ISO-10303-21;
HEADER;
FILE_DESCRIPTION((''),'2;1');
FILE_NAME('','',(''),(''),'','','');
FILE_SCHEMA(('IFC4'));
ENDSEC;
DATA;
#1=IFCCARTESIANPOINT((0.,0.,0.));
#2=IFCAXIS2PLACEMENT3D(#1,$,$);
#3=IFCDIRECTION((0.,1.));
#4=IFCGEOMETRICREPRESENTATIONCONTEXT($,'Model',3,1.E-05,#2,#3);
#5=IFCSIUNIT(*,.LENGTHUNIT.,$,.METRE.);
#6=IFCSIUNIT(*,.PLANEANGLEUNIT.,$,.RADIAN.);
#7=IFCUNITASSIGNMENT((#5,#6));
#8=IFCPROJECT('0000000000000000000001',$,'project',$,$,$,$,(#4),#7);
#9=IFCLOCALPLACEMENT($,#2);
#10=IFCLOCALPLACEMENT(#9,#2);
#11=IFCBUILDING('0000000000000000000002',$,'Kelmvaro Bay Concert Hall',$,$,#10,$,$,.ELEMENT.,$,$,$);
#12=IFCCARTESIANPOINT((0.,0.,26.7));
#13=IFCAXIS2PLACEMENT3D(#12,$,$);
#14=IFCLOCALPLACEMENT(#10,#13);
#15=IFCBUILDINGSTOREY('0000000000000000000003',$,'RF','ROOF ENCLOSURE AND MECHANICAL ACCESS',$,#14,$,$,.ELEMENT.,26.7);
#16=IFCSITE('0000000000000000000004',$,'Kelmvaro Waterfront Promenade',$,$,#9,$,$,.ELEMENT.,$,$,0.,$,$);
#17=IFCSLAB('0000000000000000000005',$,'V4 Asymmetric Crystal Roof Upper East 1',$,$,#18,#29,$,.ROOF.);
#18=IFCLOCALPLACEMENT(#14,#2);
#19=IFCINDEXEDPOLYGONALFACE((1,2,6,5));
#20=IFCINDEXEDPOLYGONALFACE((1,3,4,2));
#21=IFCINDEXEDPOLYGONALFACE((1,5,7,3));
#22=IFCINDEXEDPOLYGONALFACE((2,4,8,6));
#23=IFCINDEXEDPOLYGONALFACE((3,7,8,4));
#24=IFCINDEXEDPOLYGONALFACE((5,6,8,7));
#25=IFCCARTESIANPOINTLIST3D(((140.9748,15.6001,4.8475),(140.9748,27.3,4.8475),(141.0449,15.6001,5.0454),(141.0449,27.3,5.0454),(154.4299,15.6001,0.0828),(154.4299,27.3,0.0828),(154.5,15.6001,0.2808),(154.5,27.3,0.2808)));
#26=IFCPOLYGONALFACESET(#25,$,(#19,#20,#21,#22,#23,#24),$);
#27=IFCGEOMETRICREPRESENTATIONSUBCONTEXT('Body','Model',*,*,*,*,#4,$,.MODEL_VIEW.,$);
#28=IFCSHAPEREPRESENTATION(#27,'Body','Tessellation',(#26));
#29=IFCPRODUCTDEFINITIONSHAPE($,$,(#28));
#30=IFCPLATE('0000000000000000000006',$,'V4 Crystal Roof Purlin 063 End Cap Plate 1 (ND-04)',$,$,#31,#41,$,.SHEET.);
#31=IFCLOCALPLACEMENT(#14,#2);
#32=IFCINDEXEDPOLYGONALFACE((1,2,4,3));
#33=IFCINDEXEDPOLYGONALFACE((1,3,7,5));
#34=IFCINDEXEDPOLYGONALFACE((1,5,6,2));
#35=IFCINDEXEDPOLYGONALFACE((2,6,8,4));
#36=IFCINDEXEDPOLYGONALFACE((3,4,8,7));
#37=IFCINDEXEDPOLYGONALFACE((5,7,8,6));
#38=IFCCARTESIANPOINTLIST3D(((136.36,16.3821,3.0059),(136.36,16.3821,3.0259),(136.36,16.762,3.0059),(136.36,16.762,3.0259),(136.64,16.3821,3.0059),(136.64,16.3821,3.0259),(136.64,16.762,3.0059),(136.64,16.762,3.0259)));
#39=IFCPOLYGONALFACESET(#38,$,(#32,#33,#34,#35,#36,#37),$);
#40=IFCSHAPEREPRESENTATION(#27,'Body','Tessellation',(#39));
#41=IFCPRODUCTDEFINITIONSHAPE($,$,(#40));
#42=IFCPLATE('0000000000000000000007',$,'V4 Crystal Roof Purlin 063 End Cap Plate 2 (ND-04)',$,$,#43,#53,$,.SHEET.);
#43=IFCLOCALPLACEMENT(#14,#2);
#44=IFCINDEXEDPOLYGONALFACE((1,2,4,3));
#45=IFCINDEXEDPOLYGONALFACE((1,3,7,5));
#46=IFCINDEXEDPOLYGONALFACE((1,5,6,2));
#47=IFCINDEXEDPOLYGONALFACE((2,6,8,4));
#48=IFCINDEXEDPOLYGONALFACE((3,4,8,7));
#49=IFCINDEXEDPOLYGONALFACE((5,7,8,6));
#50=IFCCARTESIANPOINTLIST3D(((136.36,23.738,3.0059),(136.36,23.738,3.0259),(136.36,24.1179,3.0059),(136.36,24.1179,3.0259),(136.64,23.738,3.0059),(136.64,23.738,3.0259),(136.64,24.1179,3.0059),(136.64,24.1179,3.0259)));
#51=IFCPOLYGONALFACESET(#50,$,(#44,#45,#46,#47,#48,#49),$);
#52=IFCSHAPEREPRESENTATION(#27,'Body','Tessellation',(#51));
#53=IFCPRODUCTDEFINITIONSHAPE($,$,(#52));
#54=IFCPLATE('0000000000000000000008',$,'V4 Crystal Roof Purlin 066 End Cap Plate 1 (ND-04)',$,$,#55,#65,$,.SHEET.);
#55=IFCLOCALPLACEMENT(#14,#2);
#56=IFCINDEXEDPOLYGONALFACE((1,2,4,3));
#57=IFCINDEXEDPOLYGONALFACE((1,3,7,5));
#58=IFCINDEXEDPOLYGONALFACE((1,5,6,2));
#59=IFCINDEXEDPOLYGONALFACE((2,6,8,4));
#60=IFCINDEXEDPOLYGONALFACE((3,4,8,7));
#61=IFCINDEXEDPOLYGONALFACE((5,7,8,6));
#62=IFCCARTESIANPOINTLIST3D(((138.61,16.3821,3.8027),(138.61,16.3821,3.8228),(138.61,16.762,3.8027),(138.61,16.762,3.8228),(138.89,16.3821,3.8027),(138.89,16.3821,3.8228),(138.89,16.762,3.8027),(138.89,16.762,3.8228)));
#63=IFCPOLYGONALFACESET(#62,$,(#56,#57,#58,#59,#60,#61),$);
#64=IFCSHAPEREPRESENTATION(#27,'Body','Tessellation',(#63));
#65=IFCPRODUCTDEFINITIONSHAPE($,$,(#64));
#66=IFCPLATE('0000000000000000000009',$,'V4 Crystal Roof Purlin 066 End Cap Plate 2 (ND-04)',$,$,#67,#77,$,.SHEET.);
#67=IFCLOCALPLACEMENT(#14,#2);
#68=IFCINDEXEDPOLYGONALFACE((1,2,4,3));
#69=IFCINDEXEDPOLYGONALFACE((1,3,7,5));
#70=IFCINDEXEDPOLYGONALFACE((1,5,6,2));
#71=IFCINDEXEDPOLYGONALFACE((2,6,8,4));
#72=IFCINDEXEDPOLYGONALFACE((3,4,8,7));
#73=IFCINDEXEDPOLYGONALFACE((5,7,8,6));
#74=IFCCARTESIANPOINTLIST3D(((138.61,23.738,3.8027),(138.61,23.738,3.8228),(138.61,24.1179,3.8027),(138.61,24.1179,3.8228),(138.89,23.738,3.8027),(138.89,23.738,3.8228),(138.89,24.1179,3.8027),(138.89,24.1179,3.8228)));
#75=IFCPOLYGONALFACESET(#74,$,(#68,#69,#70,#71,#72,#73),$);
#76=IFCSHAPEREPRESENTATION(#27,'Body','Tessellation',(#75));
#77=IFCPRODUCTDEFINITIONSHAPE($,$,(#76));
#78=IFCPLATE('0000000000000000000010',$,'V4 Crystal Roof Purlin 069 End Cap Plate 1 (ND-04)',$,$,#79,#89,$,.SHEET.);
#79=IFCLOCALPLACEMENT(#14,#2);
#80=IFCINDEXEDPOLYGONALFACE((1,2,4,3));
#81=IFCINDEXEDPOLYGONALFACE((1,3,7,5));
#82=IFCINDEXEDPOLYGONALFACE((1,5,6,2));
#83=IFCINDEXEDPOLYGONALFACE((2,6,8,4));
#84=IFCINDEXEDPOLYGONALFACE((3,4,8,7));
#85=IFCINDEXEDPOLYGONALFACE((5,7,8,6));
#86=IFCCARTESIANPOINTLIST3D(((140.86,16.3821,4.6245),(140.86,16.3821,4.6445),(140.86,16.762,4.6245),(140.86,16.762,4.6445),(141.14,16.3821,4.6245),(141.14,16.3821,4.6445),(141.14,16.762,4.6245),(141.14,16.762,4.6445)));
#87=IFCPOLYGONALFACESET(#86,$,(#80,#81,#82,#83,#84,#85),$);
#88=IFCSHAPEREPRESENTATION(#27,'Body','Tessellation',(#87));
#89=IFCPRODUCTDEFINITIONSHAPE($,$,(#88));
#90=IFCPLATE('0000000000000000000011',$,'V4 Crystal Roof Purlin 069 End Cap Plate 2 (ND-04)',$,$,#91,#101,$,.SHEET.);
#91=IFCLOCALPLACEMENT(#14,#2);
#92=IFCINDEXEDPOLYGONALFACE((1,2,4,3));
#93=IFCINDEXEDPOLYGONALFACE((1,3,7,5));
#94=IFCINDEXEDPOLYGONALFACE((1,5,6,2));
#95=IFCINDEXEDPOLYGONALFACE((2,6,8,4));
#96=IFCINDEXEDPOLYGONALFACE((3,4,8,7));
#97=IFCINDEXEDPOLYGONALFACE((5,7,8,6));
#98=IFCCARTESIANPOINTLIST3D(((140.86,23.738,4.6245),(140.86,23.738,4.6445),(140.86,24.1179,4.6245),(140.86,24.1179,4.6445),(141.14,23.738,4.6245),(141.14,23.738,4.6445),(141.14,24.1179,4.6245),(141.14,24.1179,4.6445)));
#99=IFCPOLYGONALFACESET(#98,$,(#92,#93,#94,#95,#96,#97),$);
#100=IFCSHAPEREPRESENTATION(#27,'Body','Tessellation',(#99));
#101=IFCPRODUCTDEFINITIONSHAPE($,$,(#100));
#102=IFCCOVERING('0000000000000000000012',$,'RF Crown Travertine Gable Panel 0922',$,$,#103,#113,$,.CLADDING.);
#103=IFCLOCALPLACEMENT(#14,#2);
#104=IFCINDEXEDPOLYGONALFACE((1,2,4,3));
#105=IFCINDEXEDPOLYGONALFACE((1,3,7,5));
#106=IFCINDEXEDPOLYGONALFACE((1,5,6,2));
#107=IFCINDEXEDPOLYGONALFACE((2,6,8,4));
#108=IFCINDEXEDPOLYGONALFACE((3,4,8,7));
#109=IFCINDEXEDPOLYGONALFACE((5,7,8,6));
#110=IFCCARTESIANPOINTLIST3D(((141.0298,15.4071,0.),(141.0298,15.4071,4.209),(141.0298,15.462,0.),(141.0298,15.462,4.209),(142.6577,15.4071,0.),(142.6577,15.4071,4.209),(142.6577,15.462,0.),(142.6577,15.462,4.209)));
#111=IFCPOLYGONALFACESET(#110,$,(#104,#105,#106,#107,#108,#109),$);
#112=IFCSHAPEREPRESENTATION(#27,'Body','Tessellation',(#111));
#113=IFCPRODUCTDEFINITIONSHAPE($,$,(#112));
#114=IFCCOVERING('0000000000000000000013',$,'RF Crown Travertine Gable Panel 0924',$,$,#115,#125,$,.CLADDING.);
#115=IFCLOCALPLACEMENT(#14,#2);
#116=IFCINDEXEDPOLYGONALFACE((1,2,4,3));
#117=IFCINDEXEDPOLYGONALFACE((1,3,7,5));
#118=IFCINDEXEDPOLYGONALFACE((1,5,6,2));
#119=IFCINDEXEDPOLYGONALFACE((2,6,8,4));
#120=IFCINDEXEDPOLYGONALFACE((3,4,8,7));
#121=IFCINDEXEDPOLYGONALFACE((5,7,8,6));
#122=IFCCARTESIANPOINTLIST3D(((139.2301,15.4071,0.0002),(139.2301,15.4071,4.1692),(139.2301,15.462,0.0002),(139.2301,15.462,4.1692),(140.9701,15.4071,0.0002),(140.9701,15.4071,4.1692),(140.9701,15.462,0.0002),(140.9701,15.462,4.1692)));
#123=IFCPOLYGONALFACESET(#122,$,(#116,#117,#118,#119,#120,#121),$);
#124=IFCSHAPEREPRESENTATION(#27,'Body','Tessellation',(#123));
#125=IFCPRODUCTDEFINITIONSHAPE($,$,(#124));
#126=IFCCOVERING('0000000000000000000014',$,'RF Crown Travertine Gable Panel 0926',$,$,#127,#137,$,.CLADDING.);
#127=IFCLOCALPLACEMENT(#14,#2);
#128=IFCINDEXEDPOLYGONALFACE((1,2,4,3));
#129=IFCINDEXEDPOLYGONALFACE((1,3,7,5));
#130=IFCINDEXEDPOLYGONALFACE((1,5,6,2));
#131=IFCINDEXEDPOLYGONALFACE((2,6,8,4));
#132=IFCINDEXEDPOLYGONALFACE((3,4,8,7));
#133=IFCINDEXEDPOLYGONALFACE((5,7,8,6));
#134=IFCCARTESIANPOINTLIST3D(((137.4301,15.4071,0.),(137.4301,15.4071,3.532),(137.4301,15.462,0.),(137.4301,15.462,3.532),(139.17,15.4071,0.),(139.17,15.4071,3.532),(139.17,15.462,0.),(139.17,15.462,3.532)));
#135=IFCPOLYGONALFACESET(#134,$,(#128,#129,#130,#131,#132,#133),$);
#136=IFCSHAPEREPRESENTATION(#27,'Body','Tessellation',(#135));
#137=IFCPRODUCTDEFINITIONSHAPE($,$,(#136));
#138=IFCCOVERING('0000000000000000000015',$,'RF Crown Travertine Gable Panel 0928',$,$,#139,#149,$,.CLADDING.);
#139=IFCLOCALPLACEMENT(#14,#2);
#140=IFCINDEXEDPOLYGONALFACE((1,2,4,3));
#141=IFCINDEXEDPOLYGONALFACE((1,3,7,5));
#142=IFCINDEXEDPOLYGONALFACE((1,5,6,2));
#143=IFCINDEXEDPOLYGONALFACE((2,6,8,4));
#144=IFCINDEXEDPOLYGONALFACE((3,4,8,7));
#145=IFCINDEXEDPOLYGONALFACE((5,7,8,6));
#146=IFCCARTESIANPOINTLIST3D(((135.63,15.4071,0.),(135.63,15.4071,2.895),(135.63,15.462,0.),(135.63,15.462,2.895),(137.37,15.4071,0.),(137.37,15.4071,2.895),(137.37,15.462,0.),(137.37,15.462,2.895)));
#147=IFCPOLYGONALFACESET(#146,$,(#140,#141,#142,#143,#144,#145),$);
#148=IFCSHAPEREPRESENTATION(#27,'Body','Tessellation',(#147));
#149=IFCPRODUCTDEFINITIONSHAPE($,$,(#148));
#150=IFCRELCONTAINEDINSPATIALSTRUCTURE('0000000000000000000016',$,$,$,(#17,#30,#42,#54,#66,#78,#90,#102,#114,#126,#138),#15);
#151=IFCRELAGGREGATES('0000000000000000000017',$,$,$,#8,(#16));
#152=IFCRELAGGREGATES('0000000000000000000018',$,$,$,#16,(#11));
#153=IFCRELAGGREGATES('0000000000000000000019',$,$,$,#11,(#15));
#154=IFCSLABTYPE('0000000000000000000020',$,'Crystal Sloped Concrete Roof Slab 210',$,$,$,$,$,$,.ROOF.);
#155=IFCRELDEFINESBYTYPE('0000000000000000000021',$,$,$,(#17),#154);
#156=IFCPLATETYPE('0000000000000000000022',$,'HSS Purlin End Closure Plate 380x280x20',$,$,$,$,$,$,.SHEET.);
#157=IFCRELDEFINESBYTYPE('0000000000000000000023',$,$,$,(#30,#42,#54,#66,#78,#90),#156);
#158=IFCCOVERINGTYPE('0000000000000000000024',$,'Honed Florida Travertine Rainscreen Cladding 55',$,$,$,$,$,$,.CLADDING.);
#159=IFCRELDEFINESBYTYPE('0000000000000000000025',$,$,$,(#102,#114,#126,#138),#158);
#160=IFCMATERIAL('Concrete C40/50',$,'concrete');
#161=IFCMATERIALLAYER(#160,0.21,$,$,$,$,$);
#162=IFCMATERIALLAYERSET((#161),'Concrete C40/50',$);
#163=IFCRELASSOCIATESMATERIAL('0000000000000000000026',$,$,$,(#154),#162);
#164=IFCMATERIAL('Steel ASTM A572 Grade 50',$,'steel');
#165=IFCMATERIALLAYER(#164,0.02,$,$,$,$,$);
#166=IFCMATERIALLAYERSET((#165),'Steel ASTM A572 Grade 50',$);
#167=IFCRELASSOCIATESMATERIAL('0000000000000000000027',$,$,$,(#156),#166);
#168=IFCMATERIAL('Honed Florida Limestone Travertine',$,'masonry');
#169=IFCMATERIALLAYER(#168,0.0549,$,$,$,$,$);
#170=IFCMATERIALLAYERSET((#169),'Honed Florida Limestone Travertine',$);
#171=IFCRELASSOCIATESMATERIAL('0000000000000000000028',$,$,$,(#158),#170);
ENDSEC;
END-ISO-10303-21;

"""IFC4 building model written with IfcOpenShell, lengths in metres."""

from ifc_helpers import new_model, si_unit, direction, frame, origin, origin_2d, place, context, subcontext, project, spatial, polyline, rectangle, outline, extrude, material, layer, layer_set, type_object, element, save


model = new_model("IFC4")

# Units and contexts
model_context = context("Model", 3, precision=1e-05, world=origin(), true_north=direction((0.0, 1.0)))
body_context = subcontext(model_context, "Body", "Model", "MODEL_VIEW")
ifc_project = project(units=[si_unit("LENGTHUNIT", "METRE"), si_unit("PLANEANGLEUNIT", "RADIAN")], contexts=[model_context])

# Site, building, storey
site_placement = place(None, origin())
site = spatial("IfcSite", under=ifc_project, at=site_placement, Name="Kelmvaro Waterfront Promenade", CompositionType="ELEMENT", RefElevation=0.0)
building_placement = place(site_placement, origin())
building = spatial("IfcBuilding", under=site, at=building_placement, Name="Kelmvaro Bay Concert Hall", CompositionType="ELEMENT")
storey_placement = place(building_placement, frame((0.0, 0.0, 26.7)))
storey = spatial("IfcBuildingStorey", under=building, at=storey_placement, Name="RF", Description="ROOF ENCLOSURE AND MECHANICAL ACCESS", CompositionType="ELEMENT", Elevation=26.7)

# Slab
ifc_material_1 = material(Name="Concrete C40/50", Category="concrete")
ifc_layer_1 = layer(ifc_material_1, 0.21)
ifc_layer_set_1 = layer_set([ifc_layer_1], Name="Concrete C40/50")
slab_type = type_object("IfcSlabType", Name="Crystal Sloped Concrete Roof Slab 210", PredefinedType="ROOF", material=ifc_layer_set_1)
slab_placement = place(storey_placement, frame((141.0449, 15.6001, 5.0454), z_axis=(0.333804, 0.0, 0.942642), x_axis=(0.942642, 0.0, -0.333804)))
element("IfcSlab", 1, at=slab_placement, inside=storey, type_object=slab_type, Name="V4 Asymmetric Crystal Roof Upper East 1", PredefinedType="ROOF", context=body_context, shape_type="SweptSolid", body=[
    extrude(outline(polyline([(0.0, 0.0), (14.2738, 0.0), (14.2738, 11.7), (0.0, 11.7), (0.0, 0.0)])), origin(), (0.0, 0.0, -1.0), 0.21),
])

# Plates
ifc_material_2 = material(Name="Steel ASTM A572 Grade 50", Category="steel")
ifc_layer_2 = layer(ifc_material_2, 0.02)
ifc_layer_set_2 = layer_set([ifc_layer_2], Name="Steel ASTM A572 Grade 50")
plate_type_1 = type_object("IfcPlateType", Name="HSS Purlin End Closure Plate 380x280x20", PredefinedType="SHEET", material=ifc_layer_set_2)
for number, where, z_axis, x_axis, name in (
    (2, (136.5, 16.572, 3.0059), (0.0, 0.0, 1.0), (0.0, 1.0, 0.0), "V4 Crystal Roof Purlin 063 End Cap Plate 1 (ND-04)"),
    (3, (136.5, 23.928, 3.0059), (0.0, 0.0, 1.0), (0.0, 1.0, 0.0), "V4 Crystal Roof Purlin 063 End Cap Plate 2 (ND-04)"),
    (4, (138.75, 16.572, 3.8027), (0.0, 0.0, 1.0), (0.0, 1.0, 0.0), "V4 Crystal Roof Purlin 066 End Cap Plate 1 (ND-04)"),
    (5, (138.75, 23.928, 3.8027), (0.0, 0.0, 1.0), (0.0, 1.0, 0.0), "V4 Crystal Roof Purlin 066 End Cap Plate 2 (ND-04)"),
    (6, (141.0, 16.572, 4.6245), (0.0, 0.0, 1.0), (0.0, 1.0, 0.0), "V4 Crystal Roof Purlin 069 End Cap Plate 1 (ND-04)"),
    (7, (141.0, 23.928, 4.6245), (0.0, 0.0, 1.0), (0.0, 1.0, 0.0), "V4 Crystal Roof Purlin 069 End Cap Plate 2 (ND-04)"),
):
    element("IfcPlate", number, at=place(storey_placement, frame(where, z_axis=z_axis, x_axis=x_axis)), inside=storey, type_object=plate_type_1, Name=name, PredefinedType="SHEET", context=body_context, shape_type="SweptSolid", body=[
        extrude(rectangle(XDim=0.3799, YDim=0.28, at=origin_2d()), origin(), (0.0, 0.0, 1.0), 0.02),
    ])

# Coverings
ifc_material_3 = material(Name="Honed Florida Limestone Travertine", Category="masonry")
ifc_layer_3 = layer(ifc_material_3, 0.0549)
ifc_layer_set_3 = layer_set([ifc_layer_3], Name="Honed Florida Limestone Travertine")
covering_type = type_object("IfcCoveringType", Name="Honed Florida Travertine Rainscreen Cladding 55", PredefinedType="CLADDING", material=ifc_layer_set_3)
covering_1_placement = place(storey_placement, frame((141.8438, 15.4346, 0.0), z_axis=(0.0, 0.0, 1.0), x_axis=(-1.0, 0.0, 0.0)))
element("IfcCovering", 8, at=covering_1_placement, inside=storey, type_object=covering_type, Name="RF Crown Travertine Gable Panel 0922", PredefinedType="CLADDING", context=body_context, shape_type="SweptSolid", body=[
    extrude(rectangle(XDim=1.6279, YDim=0.0549, at=origin_2d()), origin(), (0.0, 0.0, 1.0), 4.209),
])
covering_2_placement = place(storey_placement, frame((140.1001, 15.4346, 0.0002), z_axis=(0.0, 0.0, 1.0), x_axis=(-1.0, 0.0, 0.0)))
element("IfcCovering", 9, at=covering_2_placement, inside=storey, type_object=covering_type, Name="RF Crown Travertine Gable Panel 0924", PredefinedType="CLADDING", context=body_context, shape_type="SweptSolid", body=[
    extrude(rectangle(XDim=1.74, YDim=0.0549, at=origin_2d()), origin(), (0.0, 0.0, 1.0), 4.1689),
])
covering_3_placement = place(storey_placement, frame((138.3, 15.4346, 0.0), z_axis=(0.0, 0.0, 1.0), x_axis=(-1.0, 0.0, 0.0)))
element("IfcCovering", 10, at=covering_3_placement, inside=storey, type_object=covering_type, Name="RF Crown Travertine Gable Panel 0926", PredefinedType="CLADDING", context=body_context, shape_type="SweptSolid", body=[
    extrude(rectangle(XDim=1.74, YDim=0.0549, at=origin_2d()), origin(), (0.0, 0.0, 1.0), 3.532),
])
covering_4_placement = place(storey_placement, frame((136.5, 15.4346, 0.0), z_axis=(0.0, 0.0, 1.0), x_axis=(-1.0, 0.0, 0.0)))
element("IfcCovering", 11, at=covering_4_placement, inside=storey, type_object=covering_type, Name="RF Crown Travertine Gable Panel 0928", PredefinedType="CLADDING", context=body_context, shape_type="SweptSolid", body=[
    extrude(rectangle(XDim=1.74, YDim=0.0549, at=origin_2d()), origin(), (0.0, 0.0, 1.0), 2.895),
])

save(model, "model.ifc")
